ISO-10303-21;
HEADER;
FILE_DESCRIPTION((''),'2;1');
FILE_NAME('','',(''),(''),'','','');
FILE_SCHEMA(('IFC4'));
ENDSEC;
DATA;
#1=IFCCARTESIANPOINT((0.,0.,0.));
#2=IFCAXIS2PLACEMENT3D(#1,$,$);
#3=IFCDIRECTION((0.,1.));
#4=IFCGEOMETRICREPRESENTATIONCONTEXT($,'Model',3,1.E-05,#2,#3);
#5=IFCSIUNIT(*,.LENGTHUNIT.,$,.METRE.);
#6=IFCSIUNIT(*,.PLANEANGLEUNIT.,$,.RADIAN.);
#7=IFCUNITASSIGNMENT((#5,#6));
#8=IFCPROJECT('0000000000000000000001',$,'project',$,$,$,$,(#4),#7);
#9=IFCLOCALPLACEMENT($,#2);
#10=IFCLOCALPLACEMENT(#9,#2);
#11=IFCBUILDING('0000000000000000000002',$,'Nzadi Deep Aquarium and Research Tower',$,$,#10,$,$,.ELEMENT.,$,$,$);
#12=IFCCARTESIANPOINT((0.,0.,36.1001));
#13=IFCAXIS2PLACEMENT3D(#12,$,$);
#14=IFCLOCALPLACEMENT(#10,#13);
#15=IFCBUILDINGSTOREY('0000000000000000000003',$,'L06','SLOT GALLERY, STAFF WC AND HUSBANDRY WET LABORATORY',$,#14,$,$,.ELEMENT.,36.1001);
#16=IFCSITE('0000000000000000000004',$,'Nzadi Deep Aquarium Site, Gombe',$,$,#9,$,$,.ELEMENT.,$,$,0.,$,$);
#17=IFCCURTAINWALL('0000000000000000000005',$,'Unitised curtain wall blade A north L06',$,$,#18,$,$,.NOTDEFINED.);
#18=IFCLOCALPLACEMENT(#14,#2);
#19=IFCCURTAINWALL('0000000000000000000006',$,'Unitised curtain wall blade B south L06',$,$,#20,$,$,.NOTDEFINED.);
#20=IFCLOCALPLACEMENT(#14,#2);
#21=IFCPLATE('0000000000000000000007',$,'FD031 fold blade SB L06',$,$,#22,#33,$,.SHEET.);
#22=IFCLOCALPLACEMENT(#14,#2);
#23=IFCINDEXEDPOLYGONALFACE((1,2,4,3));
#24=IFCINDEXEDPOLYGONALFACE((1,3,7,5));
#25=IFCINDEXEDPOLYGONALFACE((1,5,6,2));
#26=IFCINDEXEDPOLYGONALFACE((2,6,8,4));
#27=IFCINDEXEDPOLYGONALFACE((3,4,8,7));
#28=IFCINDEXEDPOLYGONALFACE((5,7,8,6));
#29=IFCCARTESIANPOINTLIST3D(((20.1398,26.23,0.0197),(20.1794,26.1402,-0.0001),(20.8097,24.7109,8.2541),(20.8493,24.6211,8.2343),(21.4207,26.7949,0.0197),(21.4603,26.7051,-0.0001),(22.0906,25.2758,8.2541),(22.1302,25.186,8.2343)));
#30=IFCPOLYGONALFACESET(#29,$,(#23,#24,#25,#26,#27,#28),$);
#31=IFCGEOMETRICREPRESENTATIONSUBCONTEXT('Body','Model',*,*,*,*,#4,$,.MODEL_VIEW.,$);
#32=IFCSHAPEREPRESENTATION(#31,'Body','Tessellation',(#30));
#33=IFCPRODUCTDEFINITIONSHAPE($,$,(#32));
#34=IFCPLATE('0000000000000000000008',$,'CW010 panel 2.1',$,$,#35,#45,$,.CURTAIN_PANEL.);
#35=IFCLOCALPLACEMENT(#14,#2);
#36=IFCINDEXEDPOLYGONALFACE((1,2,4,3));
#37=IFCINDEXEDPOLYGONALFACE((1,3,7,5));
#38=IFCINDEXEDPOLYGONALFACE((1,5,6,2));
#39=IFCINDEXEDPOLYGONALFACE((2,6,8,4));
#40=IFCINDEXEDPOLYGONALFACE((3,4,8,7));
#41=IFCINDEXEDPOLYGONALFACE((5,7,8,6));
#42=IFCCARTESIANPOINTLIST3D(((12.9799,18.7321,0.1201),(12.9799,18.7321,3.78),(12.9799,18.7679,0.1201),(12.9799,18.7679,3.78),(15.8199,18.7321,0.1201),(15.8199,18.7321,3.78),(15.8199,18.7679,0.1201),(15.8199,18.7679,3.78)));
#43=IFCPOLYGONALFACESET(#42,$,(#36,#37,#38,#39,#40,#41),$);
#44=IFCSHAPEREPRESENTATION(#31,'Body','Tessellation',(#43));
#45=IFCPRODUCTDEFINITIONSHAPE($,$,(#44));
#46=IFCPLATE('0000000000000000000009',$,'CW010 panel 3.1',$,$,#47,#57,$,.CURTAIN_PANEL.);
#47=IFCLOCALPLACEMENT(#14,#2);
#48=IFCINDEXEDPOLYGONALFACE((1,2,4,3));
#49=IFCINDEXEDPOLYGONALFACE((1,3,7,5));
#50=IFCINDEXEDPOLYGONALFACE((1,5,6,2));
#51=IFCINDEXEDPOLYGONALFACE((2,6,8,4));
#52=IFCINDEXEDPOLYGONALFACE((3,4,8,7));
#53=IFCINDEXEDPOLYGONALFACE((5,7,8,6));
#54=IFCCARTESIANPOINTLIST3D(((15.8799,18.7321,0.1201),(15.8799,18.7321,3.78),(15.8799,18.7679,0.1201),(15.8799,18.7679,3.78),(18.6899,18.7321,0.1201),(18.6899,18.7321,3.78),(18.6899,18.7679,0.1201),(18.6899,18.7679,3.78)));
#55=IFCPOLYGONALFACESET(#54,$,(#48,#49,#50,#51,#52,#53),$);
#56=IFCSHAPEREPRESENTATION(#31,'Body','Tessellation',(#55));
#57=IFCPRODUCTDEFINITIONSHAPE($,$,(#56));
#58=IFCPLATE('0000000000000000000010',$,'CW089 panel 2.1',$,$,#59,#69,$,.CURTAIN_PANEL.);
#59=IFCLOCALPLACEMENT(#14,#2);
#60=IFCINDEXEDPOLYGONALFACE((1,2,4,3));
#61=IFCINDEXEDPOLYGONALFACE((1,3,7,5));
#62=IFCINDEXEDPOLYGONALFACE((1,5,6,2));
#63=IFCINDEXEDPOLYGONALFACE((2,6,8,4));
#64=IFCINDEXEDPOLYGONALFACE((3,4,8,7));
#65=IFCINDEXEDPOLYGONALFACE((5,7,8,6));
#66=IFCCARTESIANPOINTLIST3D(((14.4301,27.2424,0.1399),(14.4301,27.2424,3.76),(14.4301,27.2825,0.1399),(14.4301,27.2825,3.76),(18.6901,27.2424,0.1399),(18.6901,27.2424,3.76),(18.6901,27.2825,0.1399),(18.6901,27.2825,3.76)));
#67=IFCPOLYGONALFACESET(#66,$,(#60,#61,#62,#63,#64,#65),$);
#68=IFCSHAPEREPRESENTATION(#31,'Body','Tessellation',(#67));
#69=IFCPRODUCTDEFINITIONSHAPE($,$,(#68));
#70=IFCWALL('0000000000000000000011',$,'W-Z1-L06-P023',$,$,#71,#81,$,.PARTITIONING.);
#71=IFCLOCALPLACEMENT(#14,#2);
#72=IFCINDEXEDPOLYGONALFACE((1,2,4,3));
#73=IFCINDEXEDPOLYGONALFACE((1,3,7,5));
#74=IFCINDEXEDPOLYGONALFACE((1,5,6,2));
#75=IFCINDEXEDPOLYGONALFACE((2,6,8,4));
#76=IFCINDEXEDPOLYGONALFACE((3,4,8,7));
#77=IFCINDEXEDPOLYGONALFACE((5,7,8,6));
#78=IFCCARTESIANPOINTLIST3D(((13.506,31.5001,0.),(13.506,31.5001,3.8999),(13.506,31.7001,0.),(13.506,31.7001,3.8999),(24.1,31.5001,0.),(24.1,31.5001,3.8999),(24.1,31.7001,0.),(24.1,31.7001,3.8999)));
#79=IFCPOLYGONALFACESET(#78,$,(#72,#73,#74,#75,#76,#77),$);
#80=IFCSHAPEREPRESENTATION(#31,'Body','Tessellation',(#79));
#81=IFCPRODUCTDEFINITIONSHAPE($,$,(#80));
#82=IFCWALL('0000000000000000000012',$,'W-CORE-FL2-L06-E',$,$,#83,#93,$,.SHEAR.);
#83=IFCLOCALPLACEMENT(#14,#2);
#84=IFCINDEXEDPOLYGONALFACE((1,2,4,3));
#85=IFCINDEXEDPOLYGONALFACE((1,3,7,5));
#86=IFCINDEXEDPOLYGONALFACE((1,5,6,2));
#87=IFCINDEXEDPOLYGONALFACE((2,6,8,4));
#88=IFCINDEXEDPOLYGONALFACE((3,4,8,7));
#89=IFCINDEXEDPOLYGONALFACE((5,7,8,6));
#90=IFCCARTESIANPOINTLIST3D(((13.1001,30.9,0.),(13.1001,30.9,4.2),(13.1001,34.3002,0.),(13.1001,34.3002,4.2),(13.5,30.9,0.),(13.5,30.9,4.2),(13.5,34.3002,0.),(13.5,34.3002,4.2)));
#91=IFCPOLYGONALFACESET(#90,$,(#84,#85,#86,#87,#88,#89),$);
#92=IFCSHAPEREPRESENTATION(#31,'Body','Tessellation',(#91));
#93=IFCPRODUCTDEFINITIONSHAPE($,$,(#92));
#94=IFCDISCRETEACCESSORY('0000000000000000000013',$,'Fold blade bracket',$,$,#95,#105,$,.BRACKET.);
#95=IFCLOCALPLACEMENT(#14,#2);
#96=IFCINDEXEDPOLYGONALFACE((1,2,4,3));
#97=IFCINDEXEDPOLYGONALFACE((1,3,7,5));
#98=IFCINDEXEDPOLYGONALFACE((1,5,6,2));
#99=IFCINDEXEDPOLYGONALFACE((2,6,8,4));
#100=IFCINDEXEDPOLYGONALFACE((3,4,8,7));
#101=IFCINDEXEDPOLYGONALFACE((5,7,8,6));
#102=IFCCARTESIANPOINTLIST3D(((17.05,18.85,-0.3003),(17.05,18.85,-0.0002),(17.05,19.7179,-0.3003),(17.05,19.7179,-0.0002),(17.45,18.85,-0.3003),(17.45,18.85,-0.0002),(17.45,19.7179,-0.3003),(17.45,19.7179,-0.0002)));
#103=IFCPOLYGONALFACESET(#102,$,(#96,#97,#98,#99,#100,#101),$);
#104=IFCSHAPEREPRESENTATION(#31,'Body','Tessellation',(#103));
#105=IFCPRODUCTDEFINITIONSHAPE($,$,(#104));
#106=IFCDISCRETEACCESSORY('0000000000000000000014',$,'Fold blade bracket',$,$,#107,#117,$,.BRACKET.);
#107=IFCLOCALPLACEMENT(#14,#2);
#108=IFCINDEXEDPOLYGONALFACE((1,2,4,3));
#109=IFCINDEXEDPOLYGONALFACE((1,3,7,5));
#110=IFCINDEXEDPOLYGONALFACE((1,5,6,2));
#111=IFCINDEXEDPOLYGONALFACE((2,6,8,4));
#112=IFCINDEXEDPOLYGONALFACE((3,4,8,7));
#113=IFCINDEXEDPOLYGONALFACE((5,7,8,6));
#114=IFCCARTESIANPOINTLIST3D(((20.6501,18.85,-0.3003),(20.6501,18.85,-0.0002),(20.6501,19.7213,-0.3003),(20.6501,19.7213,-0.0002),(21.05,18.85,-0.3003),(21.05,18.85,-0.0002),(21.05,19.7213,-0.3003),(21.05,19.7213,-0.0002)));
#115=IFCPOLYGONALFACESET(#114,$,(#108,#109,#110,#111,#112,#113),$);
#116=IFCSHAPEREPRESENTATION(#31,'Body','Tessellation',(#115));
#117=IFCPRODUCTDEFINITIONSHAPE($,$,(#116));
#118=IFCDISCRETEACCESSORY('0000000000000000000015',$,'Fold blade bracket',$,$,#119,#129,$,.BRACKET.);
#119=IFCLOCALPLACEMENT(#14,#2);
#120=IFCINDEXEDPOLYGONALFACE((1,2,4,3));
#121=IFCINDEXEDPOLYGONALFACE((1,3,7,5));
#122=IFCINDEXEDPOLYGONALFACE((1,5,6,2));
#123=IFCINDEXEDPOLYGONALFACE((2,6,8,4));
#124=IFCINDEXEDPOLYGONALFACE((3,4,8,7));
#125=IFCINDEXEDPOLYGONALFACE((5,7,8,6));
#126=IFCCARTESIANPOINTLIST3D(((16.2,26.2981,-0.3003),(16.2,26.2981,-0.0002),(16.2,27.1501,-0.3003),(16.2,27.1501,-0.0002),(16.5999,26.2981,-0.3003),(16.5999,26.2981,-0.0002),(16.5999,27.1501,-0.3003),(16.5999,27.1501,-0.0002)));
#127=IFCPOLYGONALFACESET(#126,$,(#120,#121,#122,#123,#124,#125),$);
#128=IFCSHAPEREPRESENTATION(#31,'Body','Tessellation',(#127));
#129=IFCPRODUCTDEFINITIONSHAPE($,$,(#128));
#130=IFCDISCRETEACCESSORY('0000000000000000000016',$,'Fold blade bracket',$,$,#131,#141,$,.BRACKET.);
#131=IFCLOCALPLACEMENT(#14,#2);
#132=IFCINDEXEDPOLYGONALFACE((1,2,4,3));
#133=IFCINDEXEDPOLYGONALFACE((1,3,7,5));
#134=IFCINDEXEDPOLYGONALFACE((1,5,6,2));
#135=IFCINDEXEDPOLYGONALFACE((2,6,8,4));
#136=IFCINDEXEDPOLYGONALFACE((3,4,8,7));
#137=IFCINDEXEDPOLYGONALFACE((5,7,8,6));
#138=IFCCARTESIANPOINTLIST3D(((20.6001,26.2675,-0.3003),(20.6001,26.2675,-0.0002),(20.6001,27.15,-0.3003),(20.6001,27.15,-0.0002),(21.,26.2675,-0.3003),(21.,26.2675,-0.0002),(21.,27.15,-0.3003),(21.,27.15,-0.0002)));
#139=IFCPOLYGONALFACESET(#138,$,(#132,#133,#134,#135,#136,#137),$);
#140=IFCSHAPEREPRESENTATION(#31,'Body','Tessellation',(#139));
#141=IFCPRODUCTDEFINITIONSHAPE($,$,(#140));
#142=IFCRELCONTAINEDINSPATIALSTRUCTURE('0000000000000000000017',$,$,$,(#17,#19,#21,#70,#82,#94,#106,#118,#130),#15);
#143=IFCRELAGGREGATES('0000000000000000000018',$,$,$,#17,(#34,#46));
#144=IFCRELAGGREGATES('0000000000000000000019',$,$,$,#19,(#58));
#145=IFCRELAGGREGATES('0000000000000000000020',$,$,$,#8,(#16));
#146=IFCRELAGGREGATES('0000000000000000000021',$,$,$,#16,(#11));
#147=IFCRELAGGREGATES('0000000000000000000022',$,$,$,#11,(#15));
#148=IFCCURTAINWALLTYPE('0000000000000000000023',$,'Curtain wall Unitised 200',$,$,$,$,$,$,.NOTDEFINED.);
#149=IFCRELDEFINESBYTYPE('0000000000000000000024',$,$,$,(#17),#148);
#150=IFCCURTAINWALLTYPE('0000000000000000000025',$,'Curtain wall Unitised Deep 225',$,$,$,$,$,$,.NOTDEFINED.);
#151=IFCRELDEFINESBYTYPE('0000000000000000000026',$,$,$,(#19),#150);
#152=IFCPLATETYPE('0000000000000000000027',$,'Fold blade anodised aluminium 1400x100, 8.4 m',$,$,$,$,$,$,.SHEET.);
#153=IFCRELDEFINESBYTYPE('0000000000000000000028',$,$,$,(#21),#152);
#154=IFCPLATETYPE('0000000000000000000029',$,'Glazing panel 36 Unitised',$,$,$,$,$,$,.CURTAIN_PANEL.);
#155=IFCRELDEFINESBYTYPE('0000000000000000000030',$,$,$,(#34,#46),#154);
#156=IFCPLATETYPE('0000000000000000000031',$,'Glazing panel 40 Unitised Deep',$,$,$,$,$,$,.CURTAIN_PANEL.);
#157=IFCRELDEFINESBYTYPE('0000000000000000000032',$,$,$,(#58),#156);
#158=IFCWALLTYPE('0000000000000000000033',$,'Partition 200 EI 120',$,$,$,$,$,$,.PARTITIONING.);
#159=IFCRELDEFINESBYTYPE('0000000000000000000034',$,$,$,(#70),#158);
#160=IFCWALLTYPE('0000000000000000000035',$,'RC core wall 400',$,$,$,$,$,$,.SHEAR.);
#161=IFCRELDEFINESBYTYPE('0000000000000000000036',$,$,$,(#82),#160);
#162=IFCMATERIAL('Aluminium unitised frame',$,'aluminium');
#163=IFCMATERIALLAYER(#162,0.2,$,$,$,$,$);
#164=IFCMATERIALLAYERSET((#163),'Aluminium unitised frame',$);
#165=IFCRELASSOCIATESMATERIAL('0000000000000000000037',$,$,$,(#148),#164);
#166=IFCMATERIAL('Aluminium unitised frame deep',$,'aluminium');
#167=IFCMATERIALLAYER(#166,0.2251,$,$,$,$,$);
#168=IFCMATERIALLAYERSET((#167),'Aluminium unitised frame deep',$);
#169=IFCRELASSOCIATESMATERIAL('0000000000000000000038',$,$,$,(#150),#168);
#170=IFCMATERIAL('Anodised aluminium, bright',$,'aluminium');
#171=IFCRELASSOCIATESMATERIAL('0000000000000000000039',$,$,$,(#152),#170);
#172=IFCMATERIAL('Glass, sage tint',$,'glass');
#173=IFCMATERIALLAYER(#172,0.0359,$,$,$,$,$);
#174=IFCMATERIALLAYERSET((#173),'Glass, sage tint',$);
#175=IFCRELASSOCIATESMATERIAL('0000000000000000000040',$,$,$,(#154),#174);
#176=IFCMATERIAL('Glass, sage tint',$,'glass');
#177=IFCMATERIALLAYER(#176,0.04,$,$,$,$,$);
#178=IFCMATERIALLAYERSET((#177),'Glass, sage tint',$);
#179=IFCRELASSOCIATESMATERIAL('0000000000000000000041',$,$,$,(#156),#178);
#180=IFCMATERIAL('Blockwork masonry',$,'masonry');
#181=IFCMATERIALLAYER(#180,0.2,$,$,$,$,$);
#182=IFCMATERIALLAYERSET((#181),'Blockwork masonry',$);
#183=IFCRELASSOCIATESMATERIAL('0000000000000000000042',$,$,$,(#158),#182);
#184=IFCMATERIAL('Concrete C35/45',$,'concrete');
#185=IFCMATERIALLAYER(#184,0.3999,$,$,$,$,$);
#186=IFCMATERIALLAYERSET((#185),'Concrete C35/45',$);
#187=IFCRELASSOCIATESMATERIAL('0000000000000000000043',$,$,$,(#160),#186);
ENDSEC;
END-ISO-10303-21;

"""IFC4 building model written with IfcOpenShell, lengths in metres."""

from ifc_helpers import new_model, si_unit, direction, frame, frame_2d, origin, origin_2d, place, context, subcontext, project, spatial, rectangle, extrude, material, layer, layer_set, material_profile, profile_set, type_object, element, aggregate, save


model = new_model("IFC4")

# Units and contexts
model_context = context("Model", 3, precision=1e-05, world=origin(), true_north=direction((0.0, 1.0)))
body_context = subcontext(model_context, "Body", "Model", "MODEL_VIEW")
ifc_project = project(units=[si_unit("LENGTHUNIT", "METRE"), si_unit("PLANEANGLEUNIT", "RADIAN")], contexts=[model_context])

# Site, building, storey
site_placement = place(None, origin())
site = spatial("IfcSite", under=ifc_project, at=site_placement, Name="Nzadi Deep Aquarium Site, Gombe", CompositionType="ELEMENT", RefElevation=0.0)
building_placement = place(site_placement, origin())
building = spatial("IfcBuilding", under=site, at=building_placement, Name="Nzadi Deep Aquarium and Research Tower", CompositionType="ELEMENT")
storey_placement = place(building_placement, frame((0.0, 0.0, 36.1001)))
storey = spatial("IfcBuildingStorey", under=building, at=storey_placement, Name="L06", Description="SLOT GALLERY, STAFF WC AND HUSBANDRY WET LABORATORY", CompositionType="ELEMENT", Elevation=36.1001)

# Curtain wall
ifc_material_1 = material(Name="Aluminium unitised frame", Category="aluminium")
ifc_layer_1 = layer(ifc_material_1, 0.2)
ifc_layer_set_1 = layer_set([ifc_layer_1], Name="Aluminium unitised frame")
curtain_wall_type_1 = type_object("IfcCurtainWallType", Name="Curtain wall Unitised 200", PredefinedType="NOTDEFINED", material=ifc_layer_set_1)
curtain_wall_1_placement = place(storey_placement, origin())
curtain_wall_1 = element("IfcCurtainWall", 1, at=curtain_wall_1_placement, inside=storey, type_object=curtain_wall_type_1, Name="Unitised curtain wall blade A north L06", PredefinedType="NOTDEFINED")

# Curtain wall
ifc_material_2 = material(Name="Aluminium unitised frame deep", Category="aluminium")
ifc_layer_2 = layer(ifc_material_2, 0.2251)
ifc_layer_set_2 = layer_set([ifc_layer_2], Name="Aluminium unitised frame deep")
curtain_wall_type_2 = type_object("IfcCurtainWallType", Name="Curtain wall Unitised Deep 225", PredefinedType="NOTDEFINED", material=ifc_layer_set_2)
curtain_wall_2_placement = place(storey_placement, origin())
curtain_wall_2 = element("IfcCurtainWall", 2, at=curtain_wall_2_placement, inside=storey, type_object=curtain_wall_type_2, Name="Unitised curtain wall blade B south L06", PredefinedType="NOTDEFINED")

# Plate
ifc_material_3 = material(Name="Anodised aluminium, bright", Category="aluminium")
ifc_material_profile_1 = material_profile(ifc_material_3, rectangle(XDim=1.3999, YDim=0.1001, at=origin_2d()))
ifc_profile_set_1 = profile_set([ifc_material_profile_1], Name="Anodised aluminium, bright")
plate_type_1 = type_object("IfcPlateType", Name="Fold blade anodised aluminium 1400x100, 8.4 m", PredefinedType="SHEET", material=ifc_profile_set_1)
plate_1_placement = place(storey_placement, frame((20.8, 26.4675, 0.0098), z_axis=(0.079752, -0.180837, 0.980274), x_axis=(0.914972, 0.403517, 0.0)))
element("IfcPlate", 3, at=plate_1_placement, inside=storey, type_object=plate_type_1, Name="FD031 fold blade SB L06", PredefinedType="SHEET", context=body_context, shape_type="SweptSolid", body=[
    extrude(rectangle(XDim=1.3999, YDim=0.1001, at=origin_2d()), origin(), (0.0, 0.0, 1.0), 8.4001),
])

# Plates
ifc_material_4 = material(Name="Glass, sage tint", Category="glass")
ifc_layer_3 = layer(ifc_material_4, 0.0359)
ifc_layer_set_3 = layer_set([ifc_layer_3], Name="Glass, sage tint")
plate_type_2 = type_object("IfcPlateType", Name="Glazing panel 36 Unitised", PredefinedType="CURTAIN_PANEL", material=ifc_layer_set_3)
plate_2_placement = place(storey_placement, frame((14.3999, 18.75, 0.1201), z_axis=(0.0, 0.0, 1.0), x_axis=(1.0, 0.0, 0.0)))
plate_2 = element("IfcPlate", 4, at=plate_2_placement, type_object=plate_type_2, Name="CW010 panel 2.1", PredefinedType="CURTAIN_PANEL", context=body_context, shape_type="SweptSolid", body=[
    extrude(rectangle(XDim=2.8401, YDim=0.0359, at=origin_2d()), origin(), (0.0, 0.0, 1.0), 3.6599),
])
plate_3_placement = place(storey_placement, frame((17.2849, 18.75, 0.1201), z_axis=(0.0, 0.0, 1.0), x_axis=(1.0, 0.0, 0.0)))
plate_3 = element("IfcPlate", 5, at=plate_3_placement, type_object=plate_type_2, Name="CW010 panel 3.1", PredefinedType="CURTAIN_PANEL", context=body_context, shape_type="SweptSolid", body=[
    extrude(rectangle(XDim=2.8101, YDim=0.0359, at=origin_2d()), origin(), (0.0, 0.0, 1.0), 3.6599),
])
aggregate(curtain_wall_1, [plate_2, plate_3])
ifc_material_5 = material(Name="Glass, sage tint", Category="glass")
ifc_layer_4 = layer(ifc_material_5, 0.04)
ifc_layer_set_4 = layer_set([ifc_layer_4], Name="Glass, sage tint")
plate_type_3 = type_object("IfcPlateType", Name="Glazing panel 40 Unitised Deep", PredefinedType="CURTAIN_PANEL", material=ifc_layer_set_4)
plate_4_placement = place(storey_placement, frame((16.5601, 27.2625, 0.1399), z_axis=(0.0, 0.0, 1.0), x_axis=(1.0, 0.0, 0.0)))
plate_4 = element("IfcPlate", 6, at=plate_4_placement, type_object=plate_type_3, Name="CW089 panel 2.1", PredefinedType="CURTAIN_PANEL", context=body_context, shape_type="SweptSolid", body=[
    extrude(rectangle(XDim=4.26, YDim=0.04, at=origin_2d()), origin(), (0.0, 0.0, 1.0), 3.6201),
])
aggregate(curtain_wall_2, [plate_4])

# Walls
ifc_material_6 = material(Name="Blockwork masonry", Category="masonry")
ifc_layer_5 = layer(ifc_material_6, 0.2)
ifc_layer_set_5 = layer_set([ifc_layer_5], Name="Blockwork masonry")
wall_type_1 = type_object("IfcWallType", Name="Partition 200 EI 120", PredefinedType="PARTITIONING", material=ifc_layer_set_5)
wall_1_placement = place(storey_placement, frame((13.5061, 31.6001, 0.0), z_axis=(0.0, 0.0, 1.0), x_axis=(1.0, 0.0, 0.0)))
element("IfcWall", 7, at=wall_1_placement, inside=storey, type_object=wall_type_1, Name="W-Z1-L06-P023", PredefinedType="PARTITIONING", context=body_context, shape_type="SweptSolid", body=[
    extrude(rectangle(XDim=10.594, YDim=0.2, at=frame_2d((5.2969, 0.0))), origin(), (0.0, 0.0, 1.0), 3.8999),
])
ifc_material_7 = material(Name="Concrete C35/45", Category="concrete")
ifc_layer_6 = layer(ifc_material_7, 0.3999)
ifc_layer_set_6 = layer_set([ifc_layer_6], Name="Concrete C35/45")
wall_type_2 = type_object("IfcWallType", Name="RC core wall 400", PredefinedType="SHEAR", material=ifc_layer_set_6)
wall_2_placement = place(storey_placement, frame((13.3, 30.8999, 0.0), z_axis=(0.0, 0.0, 1.0), x_axis=(0.0, 1.0, 0.0)))
element("IfcWall", 8, at=wall_2_placement, inside=storey, type_object=wall_type_2, Name="W-CORE-FL2-L06-E", PredefinedType="SHEAR", context=body_context, shape_type="SweptSolid", body=[
    extrude(rectangle(XDim=3.4001, YDim=0.3999, at=frame_2d((1.7002, 0.0))), origin(), (0.0, 0.0, 1.0), 4.2),
])

# Discrete accessories
discrete_accessory_1_placement = place(storey_placement, frame((17.25, 19.2839, -0.3003), z_axis=(0.0, 0.0, 1.0), x_axis=(1.0, 0.0, 0.0)))
element("IfcDiscreteAccessory", 9, at=discrete_accessory_1_placement, inside=storey, Name="Fold blade bracket", PredefinedType="BRACKET", context=body_context, shape_type="SweptSolid", body=[
    extrude(rectangle(XDim=0.3999, YDim=0.8679, at=origin_2d()), origin(), (0.0, 0.0, 1.0), 0.3),
])
discrete_accessory_2_placement = place(storey_placement, frame((20.8501, 19.2856, -0.3003), z_axis=(0.0, 0.0, 1.0), x_axis=(1.0, 0.0, 0.0)))
element("IfcDiscreteAccessory", 10, at=discrete_accessory_2_placement, inside=storey, Name="Fold blade bracket", PredefinedType="BRACKET", context=body_context, shape_type="SweptSolid", body=[
    extrude(rectangle(XDim=0.3999, YDim=0.8713, at=origin_2d()), origin(), (0.0, 0.0, 1.0), 0.3),
])
discrete_accessory_3_placement = place(storey_placement, frame((16.3999, 26.7241, -0.3003), z_axis=(0.0, 0.0, 1.0), x_axis=(1.0, 0.0, 0.0)))
element("IfcDiscreteAccessory", 11, at=discrete_accessory_3_placement, inside=storey, Name="Fold blade bracket", PredefinedType="BRACKET", context=body_context, shape_type="SweptSolid", body=[
    extrude(rectangle(XDim=0.3999, YDim=0.8521, at=origin_2d()), origin(), (0.0, 0.0, 1.0), 0.3),
])
discrete_accessory_4_placement = place(storey_placement, frame((20.8, 26.7087, -0.3003), z_axis=(0.0, 0.0, 1.0), x_axis=(1.0, 0.0, 0.0)))
element("IfcDiscreteAccessory", 12, at=discrete_accessory_4_placement, inside=storey, Name="Fold blade bracket", PredefinedType="BRACKET", context=body_context, shape_type="SweptSolid", body=[
    extrude(rectangle(XDim=0.3999, YDim=0.8826, at=origin_2d()), origin(), (0.0, 0.0, 1.0), 0.3),
])

save(model, "model.ifc")
